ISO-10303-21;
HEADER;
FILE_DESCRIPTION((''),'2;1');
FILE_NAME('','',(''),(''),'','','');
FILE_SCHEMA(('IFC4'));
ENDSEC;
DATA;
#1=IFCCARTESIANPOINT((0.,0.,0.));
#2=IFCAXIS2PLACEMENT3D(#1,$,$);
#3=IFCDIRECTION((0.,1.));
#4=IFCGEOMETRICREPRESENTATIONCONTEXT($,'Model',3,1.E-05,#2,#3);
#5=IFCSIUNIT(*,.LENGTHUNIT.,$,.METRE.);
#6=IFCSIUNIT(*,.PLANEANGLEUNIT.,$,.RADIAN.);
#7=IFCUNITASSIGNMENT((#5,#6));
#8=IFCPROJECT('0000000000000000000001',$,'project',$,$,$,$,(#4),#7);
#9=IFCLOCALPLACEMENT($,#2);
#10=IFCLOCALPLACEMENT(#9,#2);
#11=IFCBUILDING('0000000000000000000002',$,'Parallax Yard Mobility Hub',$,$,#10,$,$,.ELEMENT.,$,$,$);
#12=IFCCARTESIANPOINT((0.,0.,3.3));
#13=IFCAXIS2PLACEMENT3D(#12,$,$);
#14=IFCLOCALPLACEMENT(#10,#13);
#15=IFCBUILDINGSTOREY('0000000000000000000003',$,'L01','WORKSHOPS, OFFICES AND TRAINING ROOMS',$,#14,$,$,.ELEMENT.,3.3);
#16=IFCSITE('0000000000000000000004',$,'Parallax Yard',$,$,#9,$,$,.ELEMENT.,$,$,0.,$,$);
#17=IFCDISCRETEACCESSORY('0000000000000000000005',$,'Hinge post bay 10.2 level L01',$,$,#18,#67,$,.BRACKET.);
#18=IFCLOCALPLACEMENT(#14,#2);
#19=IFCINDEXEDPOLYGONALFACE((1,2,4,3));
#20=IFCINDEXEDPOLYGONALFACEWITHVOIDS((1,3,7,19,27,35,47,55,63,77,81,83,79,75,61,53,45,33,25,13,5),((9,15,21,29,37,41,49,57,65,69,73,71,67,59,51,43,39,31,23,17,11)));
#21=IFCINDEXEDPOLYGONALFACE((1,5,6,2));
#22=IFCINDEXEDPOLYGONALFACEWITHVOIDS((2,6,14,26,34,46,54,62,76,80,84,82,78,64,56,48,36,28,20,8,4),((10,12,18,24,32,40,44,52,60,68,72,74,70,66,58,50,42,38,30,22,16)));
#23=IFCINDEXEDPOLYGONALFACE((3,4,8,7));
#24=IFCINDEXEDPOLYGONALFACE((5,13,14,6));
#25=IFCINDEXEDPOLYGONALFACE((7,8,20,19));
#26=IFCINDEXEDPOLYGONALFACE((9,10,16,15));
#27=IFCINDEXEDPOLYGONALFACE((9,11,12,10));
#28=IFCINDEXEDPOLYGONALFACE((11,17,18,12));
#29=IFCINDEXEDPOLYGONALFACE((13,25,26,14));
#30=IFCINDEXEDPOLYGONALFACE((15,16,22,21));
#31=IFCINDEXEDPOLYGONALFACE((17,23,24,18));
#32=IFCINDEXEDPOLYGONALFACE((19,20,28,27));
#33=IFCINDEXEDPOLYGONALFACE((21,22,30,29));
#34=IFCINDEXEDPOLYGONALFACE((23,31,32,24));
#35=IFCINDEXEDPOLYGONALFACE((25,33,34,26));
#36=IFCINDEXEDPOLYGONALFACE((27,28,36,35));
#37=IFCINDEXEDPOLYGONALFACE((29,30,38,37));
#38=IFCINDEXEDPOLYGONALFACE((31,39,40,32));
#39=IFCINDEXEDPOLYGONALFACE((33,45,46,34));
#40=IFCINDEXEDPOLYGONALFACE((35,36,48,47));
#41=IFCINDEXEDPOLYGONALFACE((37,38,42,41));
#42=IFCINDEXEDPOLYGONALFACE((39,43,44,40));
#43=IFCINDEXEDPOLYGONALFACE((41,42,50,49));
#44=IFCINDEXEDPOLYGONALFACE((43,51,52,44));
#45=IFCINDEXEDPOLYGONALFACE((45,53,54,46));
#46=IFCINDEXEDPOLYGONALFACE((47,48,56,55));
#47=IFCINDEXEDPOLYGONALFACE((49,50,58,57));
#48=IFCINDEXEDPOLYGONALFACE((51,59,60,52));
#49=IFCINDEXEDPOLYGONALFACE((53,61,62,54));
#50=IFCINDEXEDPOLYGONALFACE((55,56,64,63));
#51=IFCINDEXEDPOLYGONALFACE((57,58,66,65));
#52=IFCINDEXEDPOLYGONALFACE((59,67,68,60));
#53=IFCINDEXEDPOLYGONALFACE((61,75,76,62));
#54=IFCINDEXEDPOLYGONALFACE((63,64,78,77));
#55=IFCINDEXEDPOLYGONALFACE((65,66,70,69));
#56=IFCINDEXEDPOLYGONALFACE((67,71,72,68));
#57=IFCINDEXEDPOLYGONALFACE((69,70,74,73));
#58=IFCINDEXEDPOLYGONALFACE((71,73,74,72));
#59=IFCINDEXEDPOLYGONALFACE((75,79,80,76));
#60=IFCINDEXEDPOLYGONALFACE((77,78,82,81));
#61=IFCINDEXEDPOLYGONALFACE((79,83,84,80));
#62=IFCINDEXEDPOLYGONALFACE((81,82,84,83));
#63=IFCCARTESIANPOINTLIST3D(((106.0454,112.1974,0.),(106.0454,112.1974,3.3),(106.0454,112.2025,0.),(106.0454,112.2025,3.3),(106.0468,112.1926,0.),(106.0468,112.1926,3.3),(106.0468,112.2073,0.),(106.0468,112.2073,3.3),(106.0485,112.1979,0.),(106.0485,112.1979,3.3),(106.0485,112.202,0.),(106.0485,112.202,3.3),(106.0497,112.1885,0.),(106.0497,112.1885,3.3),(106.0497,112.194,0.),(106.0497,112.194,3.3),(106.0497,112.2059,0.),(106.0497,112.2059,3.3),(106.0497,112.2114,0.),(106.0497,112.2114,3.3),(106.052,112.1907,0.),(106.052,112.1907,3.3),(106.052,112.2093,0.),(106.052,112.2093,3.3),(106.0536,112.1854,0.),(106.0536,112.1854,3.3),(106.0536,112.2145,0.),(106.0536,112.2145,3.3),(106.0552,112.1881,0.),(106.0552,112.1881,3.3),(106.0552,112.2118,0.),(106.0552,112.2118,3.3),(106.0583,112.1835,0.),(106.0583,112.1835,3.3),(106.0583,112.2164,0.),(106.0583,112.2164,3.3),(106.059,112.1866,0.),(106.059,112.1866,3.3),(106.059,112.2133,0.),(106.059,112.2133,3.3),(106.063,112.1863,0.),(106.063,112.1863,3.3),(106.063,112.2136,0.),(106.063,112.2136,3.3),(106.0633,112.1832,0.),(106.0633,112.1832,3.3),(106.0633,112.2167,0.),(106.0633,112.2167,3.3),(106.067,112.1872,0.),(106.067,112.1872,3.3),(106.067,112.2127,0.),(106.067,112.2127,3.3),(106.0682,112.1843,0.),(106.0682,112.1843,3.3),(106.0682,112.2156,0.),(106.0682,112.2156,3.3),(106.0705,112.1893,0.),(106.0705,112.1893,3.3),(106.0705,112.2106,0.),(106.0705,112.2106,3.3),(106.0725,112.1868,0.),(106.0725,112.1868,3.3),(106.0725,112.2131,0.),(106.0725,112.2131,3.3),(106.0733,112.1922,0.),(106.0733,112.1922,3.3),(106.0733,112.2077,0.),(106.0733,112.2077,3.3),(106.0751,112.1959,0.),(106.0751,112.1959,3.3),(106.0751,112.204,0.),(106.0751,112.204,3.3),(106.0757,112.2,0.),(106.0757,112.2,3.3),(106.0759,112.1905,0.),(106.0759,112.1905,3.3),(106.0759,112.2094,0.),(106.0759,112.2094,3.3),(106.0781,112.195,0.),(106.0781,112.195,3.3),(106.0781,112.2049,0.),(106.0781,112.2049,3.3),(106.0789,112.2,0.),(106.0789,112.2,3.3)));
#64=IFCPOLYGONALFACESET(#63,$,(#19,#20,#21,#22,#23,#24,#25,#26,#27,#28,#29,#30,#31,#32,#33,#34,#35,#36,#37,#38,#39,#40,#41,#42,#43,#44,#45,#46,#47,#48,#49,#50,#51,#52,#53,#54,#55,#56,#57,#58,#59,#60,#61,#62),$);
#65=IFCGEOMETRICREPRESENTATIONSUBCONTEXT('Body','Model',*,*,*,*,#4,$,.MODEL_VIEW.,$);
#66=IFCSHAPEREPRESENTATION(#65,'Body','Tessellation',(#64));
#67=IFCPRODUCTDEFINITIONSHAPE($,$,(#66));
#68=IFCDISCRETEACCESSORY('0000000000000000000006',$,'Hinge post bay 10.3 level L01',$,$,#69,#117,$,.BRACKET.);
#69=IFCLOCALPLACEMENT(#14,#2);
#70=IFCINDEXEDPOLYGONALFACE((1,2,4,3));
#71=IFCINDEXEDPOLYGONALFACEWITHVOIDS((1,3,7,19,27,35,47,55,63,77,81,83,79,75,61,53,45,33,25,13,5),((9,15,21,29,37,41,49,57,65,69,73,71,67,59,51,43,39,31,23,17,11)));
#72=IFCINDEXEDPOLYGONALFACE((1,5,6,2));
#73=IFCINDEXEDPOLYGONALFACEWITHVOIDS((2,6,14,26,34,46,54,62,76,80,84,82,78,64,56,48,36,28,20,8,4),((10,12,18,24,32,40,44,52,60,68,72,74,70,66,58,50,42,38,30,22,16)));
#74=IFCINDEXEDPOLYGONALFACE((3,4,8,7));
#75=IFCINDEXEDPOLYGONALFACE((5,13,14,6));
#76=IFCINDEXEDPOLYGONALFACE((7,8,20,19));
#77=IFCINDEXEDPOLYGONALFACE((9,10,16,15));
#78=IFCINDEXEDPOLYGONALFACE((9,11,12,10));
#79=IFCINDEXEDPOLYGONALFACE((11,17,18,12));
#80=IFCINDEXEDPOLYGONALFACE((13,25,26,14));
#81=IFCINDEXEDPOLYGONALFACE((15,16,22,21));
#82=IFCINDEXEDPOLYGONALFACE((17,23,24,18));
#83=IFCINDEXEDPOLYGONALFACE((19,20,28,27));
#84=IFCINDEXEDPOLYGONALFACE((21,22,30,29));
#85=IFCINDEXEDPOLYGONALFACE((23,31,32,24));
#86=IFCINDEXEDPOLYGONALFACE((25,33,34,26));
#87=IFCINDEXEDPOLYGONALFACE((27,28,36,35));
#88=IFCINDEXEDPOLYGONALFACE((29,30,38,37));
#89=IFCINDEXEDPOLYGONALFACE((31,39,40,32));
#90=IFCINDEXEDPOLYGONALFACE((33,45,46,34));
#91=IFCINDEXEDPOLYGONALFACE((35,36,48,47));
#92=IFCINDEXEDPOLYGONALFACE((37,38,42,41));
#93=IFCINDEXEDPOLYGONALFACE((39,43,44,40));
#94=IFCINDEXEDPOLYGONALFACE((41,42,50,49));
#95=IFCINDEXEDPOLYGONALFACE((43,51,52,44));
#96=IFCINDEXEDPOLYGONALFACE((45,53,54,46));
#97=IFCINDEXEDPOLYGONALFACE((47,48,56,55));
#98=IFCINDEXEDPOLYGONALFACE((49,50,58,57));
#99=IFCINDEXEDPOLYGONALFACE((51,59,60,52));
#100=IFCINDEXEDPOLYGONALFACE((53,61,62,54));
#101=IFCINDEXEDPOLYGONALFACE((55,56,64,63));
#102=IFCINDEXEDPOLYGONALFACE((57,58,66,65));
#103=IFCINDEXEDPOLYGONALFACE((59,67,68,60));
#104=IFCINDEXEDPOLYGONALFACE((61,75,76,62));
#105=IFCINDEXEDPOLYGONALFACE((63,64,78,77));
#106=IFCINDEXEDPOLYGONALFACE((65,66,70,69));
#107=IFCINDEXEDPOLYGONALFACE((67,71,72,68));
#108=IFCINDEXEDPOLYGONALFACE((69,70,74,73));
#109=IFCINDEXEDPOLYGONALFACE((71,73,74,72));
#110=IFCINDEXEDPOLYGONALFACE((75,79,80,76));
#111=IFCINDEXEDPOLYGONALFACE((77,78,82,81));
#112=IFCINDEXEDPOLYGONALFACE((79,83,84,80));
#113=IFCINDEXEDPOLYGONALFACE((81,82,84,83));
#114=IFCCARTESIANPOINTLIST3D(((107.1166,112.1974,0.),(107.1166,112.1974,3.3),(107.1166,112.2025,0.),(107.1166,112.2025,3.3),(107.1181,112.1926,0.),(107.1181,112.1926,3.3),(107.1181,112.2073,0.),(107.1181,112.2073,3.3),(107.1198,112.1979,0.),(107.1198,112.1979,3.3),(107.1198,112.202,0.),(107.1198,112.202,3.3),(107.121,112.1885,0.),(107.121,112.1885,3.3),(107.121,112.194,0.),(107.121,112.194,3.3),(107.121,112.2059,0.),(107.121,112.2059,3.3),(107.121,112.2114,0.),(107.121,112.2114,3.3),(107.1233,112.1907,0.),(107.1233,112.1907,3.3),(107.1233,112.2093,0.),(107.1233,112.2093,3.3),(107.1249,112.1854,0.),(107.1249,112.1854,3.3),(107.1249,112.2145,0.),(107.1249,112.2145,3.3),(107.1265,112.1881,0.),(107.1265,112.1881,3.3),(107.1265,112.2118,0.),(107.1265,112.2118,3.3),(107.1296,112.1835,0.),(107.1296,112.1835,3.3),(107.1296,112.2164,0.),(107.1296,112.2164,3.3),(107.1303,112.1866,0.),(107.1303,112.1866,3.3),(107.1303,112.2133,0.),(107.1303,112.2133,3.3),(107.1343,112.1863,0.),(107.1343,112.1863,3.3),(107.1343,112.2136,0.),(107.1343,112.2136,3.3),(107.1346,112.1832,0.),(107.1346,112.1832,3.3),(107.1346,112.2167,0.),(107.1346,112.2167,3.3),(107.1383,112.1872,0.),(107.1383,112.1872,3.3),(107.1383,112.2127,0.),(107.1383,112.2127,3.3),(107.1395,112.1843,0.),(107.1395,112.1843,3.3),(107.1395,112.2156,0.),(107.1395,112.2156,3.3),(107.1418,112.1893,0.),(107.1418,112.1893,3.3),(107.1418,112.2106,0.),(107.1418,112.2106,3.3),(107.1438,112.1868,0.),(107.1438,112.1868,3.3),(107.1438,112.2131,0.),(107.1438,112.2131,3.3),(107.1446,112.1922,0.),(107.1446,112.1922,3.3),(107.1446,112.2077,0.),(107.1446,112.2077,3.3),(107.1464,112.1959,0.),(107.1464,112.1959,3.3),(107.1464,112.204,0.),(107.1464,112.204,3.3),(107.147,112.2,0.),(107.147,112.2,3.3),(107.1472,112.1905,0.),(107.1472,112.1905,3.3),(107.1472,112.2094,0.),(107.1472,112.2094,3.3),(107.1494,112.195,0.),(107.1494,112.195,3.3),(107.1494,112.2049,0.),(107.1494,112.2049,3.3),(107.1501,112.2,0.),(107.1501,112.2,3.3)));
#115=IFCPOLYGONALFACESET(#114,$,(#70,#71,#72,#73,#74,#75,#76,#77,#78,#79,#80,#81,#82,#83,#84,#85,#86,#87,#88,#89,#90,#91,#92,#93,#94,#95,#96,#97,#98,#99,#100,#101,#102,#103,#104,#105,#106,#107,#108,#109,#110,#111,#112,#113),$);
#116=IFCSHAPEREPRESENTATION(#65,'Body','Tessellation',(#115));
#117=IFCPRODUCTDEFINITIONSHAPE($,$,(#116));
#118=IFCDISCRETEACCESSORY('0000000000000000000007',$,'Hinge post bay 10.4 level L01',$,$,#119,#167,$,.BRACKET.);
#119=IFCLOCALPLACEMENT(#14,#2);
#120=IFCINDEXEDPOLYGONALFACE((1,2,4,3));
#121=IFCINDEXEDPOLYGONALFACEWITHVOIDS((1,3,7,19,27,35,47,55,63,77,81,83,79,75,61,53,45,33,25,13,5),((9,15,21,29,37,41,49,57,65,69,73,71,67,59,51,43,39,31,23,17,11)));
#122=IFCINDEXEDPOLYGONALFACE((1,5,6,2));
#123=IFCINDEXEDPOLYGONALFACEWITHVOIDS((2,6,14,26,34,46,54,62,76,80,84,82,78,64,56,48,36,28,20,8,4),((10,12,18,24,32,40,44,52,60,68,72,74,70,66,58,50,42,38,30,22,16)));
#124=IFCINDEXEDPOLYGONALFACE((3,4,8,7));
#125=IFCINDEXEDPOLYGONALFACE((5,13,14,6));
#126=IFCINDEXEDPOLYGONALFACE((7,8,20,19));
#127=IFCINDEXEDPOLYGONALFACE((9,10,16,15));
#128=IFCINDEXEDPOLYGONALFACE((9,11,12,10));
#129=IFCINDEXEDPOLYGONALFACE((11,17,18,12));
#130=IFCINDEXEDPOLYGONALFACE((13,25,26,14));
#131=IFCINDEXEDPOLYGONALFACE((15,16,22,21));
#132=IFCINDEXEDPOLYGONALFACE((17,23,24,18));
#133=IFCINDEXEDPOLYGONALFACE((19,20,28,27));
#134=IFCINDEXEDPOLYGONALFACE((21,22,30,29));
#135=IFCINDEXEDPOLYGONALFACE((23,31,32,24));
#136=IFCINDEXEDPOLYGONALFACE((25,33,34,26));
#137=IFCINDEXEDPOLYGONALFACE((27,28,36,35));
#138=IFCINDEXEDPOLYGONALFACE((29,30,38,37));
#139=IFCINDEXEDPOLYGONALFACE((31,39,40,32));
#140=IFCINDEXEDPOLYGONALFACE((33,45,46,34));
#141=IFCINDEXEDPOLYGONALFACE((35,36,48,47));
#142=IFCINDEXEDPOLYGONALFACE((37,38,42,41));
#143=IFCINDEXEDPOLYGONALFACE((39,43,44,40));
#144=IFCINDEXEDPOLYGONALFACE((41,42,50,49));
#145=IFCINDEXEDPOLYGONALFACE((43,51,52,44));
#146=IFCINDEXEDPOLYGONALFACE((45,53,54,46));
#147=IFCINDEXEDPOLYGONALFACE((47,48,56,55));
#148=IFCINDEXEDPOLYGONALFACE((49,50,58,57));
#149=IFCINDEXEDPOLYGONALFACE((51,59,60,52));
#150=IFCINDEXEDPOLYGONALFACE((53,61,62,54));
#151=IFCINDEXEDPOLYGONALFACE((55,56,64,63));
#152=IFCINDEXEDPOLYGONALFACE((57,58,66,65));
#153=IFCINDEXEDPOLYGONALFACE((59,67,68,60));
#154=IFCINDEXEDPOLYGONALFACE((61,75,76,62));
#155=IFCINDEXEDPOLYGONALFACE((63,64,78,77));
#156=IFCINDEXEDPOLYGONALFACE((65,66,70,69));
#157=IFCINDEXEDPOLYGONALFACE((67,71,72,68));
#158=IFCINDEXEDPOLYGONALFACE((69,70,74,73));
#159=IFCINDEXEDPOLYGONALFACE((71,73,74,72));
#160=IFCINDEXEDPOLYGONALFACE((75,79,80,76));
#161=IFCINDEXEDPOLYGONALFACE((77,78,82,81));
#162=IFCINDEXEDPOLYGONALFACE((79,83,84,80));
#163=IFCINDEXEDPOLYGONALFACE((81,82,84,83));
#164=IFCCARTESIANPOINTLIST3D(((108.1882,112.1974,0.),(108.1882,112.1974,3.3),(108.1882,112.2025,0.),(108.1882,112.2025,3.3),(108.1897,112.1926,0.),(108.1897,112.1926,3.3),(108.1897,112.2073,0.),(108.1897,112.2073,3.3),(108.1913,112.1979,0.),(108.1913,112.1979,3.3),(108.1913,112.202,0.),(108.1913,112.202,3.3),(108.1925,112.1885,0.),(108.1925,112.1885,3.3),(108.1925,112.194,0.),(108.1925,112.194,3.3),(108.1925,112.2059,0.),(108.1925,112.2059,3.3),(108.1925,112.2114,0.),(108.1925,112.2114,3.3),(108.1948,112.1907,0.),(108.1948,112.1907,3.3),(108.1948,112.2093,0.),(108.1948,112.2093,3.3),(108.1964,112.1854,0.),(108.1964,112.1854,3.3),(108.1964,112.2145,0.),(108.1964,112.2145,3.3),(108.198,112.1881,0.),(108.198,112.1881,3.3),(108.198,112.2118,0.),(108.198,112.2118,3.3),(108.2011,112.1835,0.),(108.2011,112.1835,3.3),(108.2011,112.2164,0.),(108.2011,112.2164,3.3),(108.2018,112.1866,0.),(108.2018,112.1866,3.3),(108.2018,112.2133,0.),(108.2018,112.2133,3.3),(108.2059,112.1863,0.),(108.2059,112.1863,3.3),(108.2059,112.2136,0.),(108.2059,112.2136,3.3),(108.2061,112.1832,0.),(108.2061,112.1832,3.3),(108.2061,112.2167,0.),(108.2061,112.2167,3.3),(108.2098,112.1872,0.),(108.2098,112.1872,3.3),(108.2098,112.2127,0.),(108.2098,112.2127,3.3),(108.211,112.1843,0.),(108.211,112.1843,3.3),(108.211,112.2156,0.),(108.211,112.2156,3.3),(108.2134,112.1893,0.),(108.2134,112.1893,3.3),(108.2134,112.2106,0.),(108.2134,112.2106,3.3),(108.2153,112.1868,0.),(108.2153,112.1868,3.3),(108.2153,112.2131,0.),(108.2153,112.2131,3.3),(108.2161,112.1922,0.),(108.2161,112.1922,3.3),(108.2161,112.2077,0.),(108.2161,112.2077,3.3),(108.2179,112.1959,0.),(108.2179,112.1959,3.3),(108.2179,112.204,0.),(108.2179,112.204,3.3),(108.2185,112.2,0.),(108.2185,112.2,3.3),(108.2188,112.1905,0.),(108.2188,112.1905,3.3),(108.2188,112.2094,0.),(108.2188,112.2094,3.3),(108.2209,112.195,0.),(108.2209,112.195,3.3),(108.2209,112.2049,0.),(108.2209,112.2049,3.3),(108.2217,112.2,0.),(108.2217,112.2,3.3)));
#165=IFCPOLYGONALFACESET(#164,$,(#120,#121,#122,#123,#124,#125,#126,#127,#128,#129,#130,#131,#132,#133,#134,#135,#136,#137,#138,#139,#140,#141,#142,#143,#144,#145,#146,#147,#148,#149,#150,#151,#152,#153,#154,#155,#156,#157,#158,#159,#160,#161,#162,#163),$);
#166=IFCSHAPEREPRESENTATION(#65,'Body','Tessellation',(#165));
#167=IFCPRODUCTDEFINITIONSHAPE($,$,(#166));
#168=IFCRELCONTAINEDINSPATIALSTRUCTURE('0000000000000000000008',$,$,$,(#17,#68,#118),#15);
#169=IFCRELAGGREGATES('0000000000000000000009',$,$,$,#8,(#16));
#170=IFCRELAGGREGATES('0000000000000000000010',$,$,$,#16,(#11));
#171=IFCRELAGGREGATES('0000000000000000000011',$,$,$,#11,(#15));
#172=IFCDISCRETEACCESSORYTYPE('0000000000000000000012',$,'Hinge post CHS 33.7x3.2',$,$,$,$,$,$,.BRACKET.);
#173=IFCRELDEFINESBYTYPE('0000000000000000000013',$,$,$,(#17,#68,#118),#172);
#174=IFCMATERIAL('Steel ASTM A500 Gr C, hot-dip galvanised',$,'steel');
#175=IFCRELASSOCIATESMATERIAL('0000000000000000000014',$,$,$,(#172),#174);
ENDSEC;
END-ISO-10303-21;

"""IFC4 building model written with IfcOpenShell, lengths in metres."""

from ifc_helpers import new_model, si_unit, direction, frame, origin, origin_2d, place, context, subcontext, project, spatial, hollow_circle, extrude, material, material_profile, profile_set, type_object, element, save


model = new_model("IFC4")

# Units and contexts
model_context = context("Model", 3, precision=1e-05, world=origin(), true_north=direction((0.0, 1.0)))
body_context = subcontext(model_context, "Body", "Model", "MODEL_VIEW")
ifc_project = project(units=[si_unit("LENGTHUNIT", "METRE"), si_unit("PLANEANGLEUNIT", "RADIAN")], contexts=[model_context])

# Site, building, storey
site_placement = place(None, origin())
site = spatial("IfcSite", under=ifc_project, at=site_placement, Name="Parallax Yard", CompositionType="ELEMENT", RefElevation=0.0)
building_placement = place(site_placement, origin())
building = spatial("IfcBuilding", under=site, at=building_placement, Name="Parallax Yard Mobility Hub", CompositionType="ELEMENT")
storey_placement = place(building_placement, frame((0.0, 0.0, 3.3)))
storey = spatial("IfcBuildingStorey", under=building, at=storey_placement, Name="L01", Description="WORKSHOPS, OFFICES AND TRAINING ROOMS", CompositionType="ELEMENT", Elevation=3.3)

# Discrete accessories
ifc_material_1 = material(Name="Steel ASTM A500 Gr C, hot-dip galvanised", Category="steel")
ifc_material_profile_1 = material_profile(ifc_material_1, hollow_circle(Radius=0.0168, WallThickness=0.0032, at=origin_2d()), Name="CHS 33.7x3.2")
ifc_profile_set_1 = profile_set([ifc_material_profile_1], Name="Steel ASTM A500 Gr C, hot-dip galvanised")
discrete_accessory_type_1 = type_object("IfcDiscreteAccessoryType", Name="Hinge post CHS 33.7x3.2", PredefinedType="BRACKET", material=ifc_profile_set_1)
for number, where, z_axis, x_axis, name in (
    (1, (106.062, 112.2, 0.0), (0.0, 0.0, 1.0), (1.0, 0.0, 0.0), "Hinge post bay 10.2 level L01"),
    (2, (107.1333, 112.2, 0.0), (0.0, 0.0, 1.0), (1.0, 0.0, 0.0), "Hinge post bay 10.3 level L01"),
    (3, (108.2048, 112.2, 0.0), (0.0, 0.0, 1.0), (1.0, 0.0, 0.0), "Hinge post bay 10.4 level L01"),
):
    element("IfcDiscreteAccessory", number, at=place(storey_placement, frame(where, z_axis=z_axis, x_axis=x_axis)), inside=storey, type_object=discrete_accessory_type_1, Name=name, PredefinedType="BRACKET", context=body_context, shape_type="SweptSolid", body=[
        extrude(hollow_circle(Radius=0.0168, WallThickness=0.0032, at=origin_2d()), origin(), (0.0, 0.0, 1.0), 3.3),
    ])

save(model, "model.ifc")
